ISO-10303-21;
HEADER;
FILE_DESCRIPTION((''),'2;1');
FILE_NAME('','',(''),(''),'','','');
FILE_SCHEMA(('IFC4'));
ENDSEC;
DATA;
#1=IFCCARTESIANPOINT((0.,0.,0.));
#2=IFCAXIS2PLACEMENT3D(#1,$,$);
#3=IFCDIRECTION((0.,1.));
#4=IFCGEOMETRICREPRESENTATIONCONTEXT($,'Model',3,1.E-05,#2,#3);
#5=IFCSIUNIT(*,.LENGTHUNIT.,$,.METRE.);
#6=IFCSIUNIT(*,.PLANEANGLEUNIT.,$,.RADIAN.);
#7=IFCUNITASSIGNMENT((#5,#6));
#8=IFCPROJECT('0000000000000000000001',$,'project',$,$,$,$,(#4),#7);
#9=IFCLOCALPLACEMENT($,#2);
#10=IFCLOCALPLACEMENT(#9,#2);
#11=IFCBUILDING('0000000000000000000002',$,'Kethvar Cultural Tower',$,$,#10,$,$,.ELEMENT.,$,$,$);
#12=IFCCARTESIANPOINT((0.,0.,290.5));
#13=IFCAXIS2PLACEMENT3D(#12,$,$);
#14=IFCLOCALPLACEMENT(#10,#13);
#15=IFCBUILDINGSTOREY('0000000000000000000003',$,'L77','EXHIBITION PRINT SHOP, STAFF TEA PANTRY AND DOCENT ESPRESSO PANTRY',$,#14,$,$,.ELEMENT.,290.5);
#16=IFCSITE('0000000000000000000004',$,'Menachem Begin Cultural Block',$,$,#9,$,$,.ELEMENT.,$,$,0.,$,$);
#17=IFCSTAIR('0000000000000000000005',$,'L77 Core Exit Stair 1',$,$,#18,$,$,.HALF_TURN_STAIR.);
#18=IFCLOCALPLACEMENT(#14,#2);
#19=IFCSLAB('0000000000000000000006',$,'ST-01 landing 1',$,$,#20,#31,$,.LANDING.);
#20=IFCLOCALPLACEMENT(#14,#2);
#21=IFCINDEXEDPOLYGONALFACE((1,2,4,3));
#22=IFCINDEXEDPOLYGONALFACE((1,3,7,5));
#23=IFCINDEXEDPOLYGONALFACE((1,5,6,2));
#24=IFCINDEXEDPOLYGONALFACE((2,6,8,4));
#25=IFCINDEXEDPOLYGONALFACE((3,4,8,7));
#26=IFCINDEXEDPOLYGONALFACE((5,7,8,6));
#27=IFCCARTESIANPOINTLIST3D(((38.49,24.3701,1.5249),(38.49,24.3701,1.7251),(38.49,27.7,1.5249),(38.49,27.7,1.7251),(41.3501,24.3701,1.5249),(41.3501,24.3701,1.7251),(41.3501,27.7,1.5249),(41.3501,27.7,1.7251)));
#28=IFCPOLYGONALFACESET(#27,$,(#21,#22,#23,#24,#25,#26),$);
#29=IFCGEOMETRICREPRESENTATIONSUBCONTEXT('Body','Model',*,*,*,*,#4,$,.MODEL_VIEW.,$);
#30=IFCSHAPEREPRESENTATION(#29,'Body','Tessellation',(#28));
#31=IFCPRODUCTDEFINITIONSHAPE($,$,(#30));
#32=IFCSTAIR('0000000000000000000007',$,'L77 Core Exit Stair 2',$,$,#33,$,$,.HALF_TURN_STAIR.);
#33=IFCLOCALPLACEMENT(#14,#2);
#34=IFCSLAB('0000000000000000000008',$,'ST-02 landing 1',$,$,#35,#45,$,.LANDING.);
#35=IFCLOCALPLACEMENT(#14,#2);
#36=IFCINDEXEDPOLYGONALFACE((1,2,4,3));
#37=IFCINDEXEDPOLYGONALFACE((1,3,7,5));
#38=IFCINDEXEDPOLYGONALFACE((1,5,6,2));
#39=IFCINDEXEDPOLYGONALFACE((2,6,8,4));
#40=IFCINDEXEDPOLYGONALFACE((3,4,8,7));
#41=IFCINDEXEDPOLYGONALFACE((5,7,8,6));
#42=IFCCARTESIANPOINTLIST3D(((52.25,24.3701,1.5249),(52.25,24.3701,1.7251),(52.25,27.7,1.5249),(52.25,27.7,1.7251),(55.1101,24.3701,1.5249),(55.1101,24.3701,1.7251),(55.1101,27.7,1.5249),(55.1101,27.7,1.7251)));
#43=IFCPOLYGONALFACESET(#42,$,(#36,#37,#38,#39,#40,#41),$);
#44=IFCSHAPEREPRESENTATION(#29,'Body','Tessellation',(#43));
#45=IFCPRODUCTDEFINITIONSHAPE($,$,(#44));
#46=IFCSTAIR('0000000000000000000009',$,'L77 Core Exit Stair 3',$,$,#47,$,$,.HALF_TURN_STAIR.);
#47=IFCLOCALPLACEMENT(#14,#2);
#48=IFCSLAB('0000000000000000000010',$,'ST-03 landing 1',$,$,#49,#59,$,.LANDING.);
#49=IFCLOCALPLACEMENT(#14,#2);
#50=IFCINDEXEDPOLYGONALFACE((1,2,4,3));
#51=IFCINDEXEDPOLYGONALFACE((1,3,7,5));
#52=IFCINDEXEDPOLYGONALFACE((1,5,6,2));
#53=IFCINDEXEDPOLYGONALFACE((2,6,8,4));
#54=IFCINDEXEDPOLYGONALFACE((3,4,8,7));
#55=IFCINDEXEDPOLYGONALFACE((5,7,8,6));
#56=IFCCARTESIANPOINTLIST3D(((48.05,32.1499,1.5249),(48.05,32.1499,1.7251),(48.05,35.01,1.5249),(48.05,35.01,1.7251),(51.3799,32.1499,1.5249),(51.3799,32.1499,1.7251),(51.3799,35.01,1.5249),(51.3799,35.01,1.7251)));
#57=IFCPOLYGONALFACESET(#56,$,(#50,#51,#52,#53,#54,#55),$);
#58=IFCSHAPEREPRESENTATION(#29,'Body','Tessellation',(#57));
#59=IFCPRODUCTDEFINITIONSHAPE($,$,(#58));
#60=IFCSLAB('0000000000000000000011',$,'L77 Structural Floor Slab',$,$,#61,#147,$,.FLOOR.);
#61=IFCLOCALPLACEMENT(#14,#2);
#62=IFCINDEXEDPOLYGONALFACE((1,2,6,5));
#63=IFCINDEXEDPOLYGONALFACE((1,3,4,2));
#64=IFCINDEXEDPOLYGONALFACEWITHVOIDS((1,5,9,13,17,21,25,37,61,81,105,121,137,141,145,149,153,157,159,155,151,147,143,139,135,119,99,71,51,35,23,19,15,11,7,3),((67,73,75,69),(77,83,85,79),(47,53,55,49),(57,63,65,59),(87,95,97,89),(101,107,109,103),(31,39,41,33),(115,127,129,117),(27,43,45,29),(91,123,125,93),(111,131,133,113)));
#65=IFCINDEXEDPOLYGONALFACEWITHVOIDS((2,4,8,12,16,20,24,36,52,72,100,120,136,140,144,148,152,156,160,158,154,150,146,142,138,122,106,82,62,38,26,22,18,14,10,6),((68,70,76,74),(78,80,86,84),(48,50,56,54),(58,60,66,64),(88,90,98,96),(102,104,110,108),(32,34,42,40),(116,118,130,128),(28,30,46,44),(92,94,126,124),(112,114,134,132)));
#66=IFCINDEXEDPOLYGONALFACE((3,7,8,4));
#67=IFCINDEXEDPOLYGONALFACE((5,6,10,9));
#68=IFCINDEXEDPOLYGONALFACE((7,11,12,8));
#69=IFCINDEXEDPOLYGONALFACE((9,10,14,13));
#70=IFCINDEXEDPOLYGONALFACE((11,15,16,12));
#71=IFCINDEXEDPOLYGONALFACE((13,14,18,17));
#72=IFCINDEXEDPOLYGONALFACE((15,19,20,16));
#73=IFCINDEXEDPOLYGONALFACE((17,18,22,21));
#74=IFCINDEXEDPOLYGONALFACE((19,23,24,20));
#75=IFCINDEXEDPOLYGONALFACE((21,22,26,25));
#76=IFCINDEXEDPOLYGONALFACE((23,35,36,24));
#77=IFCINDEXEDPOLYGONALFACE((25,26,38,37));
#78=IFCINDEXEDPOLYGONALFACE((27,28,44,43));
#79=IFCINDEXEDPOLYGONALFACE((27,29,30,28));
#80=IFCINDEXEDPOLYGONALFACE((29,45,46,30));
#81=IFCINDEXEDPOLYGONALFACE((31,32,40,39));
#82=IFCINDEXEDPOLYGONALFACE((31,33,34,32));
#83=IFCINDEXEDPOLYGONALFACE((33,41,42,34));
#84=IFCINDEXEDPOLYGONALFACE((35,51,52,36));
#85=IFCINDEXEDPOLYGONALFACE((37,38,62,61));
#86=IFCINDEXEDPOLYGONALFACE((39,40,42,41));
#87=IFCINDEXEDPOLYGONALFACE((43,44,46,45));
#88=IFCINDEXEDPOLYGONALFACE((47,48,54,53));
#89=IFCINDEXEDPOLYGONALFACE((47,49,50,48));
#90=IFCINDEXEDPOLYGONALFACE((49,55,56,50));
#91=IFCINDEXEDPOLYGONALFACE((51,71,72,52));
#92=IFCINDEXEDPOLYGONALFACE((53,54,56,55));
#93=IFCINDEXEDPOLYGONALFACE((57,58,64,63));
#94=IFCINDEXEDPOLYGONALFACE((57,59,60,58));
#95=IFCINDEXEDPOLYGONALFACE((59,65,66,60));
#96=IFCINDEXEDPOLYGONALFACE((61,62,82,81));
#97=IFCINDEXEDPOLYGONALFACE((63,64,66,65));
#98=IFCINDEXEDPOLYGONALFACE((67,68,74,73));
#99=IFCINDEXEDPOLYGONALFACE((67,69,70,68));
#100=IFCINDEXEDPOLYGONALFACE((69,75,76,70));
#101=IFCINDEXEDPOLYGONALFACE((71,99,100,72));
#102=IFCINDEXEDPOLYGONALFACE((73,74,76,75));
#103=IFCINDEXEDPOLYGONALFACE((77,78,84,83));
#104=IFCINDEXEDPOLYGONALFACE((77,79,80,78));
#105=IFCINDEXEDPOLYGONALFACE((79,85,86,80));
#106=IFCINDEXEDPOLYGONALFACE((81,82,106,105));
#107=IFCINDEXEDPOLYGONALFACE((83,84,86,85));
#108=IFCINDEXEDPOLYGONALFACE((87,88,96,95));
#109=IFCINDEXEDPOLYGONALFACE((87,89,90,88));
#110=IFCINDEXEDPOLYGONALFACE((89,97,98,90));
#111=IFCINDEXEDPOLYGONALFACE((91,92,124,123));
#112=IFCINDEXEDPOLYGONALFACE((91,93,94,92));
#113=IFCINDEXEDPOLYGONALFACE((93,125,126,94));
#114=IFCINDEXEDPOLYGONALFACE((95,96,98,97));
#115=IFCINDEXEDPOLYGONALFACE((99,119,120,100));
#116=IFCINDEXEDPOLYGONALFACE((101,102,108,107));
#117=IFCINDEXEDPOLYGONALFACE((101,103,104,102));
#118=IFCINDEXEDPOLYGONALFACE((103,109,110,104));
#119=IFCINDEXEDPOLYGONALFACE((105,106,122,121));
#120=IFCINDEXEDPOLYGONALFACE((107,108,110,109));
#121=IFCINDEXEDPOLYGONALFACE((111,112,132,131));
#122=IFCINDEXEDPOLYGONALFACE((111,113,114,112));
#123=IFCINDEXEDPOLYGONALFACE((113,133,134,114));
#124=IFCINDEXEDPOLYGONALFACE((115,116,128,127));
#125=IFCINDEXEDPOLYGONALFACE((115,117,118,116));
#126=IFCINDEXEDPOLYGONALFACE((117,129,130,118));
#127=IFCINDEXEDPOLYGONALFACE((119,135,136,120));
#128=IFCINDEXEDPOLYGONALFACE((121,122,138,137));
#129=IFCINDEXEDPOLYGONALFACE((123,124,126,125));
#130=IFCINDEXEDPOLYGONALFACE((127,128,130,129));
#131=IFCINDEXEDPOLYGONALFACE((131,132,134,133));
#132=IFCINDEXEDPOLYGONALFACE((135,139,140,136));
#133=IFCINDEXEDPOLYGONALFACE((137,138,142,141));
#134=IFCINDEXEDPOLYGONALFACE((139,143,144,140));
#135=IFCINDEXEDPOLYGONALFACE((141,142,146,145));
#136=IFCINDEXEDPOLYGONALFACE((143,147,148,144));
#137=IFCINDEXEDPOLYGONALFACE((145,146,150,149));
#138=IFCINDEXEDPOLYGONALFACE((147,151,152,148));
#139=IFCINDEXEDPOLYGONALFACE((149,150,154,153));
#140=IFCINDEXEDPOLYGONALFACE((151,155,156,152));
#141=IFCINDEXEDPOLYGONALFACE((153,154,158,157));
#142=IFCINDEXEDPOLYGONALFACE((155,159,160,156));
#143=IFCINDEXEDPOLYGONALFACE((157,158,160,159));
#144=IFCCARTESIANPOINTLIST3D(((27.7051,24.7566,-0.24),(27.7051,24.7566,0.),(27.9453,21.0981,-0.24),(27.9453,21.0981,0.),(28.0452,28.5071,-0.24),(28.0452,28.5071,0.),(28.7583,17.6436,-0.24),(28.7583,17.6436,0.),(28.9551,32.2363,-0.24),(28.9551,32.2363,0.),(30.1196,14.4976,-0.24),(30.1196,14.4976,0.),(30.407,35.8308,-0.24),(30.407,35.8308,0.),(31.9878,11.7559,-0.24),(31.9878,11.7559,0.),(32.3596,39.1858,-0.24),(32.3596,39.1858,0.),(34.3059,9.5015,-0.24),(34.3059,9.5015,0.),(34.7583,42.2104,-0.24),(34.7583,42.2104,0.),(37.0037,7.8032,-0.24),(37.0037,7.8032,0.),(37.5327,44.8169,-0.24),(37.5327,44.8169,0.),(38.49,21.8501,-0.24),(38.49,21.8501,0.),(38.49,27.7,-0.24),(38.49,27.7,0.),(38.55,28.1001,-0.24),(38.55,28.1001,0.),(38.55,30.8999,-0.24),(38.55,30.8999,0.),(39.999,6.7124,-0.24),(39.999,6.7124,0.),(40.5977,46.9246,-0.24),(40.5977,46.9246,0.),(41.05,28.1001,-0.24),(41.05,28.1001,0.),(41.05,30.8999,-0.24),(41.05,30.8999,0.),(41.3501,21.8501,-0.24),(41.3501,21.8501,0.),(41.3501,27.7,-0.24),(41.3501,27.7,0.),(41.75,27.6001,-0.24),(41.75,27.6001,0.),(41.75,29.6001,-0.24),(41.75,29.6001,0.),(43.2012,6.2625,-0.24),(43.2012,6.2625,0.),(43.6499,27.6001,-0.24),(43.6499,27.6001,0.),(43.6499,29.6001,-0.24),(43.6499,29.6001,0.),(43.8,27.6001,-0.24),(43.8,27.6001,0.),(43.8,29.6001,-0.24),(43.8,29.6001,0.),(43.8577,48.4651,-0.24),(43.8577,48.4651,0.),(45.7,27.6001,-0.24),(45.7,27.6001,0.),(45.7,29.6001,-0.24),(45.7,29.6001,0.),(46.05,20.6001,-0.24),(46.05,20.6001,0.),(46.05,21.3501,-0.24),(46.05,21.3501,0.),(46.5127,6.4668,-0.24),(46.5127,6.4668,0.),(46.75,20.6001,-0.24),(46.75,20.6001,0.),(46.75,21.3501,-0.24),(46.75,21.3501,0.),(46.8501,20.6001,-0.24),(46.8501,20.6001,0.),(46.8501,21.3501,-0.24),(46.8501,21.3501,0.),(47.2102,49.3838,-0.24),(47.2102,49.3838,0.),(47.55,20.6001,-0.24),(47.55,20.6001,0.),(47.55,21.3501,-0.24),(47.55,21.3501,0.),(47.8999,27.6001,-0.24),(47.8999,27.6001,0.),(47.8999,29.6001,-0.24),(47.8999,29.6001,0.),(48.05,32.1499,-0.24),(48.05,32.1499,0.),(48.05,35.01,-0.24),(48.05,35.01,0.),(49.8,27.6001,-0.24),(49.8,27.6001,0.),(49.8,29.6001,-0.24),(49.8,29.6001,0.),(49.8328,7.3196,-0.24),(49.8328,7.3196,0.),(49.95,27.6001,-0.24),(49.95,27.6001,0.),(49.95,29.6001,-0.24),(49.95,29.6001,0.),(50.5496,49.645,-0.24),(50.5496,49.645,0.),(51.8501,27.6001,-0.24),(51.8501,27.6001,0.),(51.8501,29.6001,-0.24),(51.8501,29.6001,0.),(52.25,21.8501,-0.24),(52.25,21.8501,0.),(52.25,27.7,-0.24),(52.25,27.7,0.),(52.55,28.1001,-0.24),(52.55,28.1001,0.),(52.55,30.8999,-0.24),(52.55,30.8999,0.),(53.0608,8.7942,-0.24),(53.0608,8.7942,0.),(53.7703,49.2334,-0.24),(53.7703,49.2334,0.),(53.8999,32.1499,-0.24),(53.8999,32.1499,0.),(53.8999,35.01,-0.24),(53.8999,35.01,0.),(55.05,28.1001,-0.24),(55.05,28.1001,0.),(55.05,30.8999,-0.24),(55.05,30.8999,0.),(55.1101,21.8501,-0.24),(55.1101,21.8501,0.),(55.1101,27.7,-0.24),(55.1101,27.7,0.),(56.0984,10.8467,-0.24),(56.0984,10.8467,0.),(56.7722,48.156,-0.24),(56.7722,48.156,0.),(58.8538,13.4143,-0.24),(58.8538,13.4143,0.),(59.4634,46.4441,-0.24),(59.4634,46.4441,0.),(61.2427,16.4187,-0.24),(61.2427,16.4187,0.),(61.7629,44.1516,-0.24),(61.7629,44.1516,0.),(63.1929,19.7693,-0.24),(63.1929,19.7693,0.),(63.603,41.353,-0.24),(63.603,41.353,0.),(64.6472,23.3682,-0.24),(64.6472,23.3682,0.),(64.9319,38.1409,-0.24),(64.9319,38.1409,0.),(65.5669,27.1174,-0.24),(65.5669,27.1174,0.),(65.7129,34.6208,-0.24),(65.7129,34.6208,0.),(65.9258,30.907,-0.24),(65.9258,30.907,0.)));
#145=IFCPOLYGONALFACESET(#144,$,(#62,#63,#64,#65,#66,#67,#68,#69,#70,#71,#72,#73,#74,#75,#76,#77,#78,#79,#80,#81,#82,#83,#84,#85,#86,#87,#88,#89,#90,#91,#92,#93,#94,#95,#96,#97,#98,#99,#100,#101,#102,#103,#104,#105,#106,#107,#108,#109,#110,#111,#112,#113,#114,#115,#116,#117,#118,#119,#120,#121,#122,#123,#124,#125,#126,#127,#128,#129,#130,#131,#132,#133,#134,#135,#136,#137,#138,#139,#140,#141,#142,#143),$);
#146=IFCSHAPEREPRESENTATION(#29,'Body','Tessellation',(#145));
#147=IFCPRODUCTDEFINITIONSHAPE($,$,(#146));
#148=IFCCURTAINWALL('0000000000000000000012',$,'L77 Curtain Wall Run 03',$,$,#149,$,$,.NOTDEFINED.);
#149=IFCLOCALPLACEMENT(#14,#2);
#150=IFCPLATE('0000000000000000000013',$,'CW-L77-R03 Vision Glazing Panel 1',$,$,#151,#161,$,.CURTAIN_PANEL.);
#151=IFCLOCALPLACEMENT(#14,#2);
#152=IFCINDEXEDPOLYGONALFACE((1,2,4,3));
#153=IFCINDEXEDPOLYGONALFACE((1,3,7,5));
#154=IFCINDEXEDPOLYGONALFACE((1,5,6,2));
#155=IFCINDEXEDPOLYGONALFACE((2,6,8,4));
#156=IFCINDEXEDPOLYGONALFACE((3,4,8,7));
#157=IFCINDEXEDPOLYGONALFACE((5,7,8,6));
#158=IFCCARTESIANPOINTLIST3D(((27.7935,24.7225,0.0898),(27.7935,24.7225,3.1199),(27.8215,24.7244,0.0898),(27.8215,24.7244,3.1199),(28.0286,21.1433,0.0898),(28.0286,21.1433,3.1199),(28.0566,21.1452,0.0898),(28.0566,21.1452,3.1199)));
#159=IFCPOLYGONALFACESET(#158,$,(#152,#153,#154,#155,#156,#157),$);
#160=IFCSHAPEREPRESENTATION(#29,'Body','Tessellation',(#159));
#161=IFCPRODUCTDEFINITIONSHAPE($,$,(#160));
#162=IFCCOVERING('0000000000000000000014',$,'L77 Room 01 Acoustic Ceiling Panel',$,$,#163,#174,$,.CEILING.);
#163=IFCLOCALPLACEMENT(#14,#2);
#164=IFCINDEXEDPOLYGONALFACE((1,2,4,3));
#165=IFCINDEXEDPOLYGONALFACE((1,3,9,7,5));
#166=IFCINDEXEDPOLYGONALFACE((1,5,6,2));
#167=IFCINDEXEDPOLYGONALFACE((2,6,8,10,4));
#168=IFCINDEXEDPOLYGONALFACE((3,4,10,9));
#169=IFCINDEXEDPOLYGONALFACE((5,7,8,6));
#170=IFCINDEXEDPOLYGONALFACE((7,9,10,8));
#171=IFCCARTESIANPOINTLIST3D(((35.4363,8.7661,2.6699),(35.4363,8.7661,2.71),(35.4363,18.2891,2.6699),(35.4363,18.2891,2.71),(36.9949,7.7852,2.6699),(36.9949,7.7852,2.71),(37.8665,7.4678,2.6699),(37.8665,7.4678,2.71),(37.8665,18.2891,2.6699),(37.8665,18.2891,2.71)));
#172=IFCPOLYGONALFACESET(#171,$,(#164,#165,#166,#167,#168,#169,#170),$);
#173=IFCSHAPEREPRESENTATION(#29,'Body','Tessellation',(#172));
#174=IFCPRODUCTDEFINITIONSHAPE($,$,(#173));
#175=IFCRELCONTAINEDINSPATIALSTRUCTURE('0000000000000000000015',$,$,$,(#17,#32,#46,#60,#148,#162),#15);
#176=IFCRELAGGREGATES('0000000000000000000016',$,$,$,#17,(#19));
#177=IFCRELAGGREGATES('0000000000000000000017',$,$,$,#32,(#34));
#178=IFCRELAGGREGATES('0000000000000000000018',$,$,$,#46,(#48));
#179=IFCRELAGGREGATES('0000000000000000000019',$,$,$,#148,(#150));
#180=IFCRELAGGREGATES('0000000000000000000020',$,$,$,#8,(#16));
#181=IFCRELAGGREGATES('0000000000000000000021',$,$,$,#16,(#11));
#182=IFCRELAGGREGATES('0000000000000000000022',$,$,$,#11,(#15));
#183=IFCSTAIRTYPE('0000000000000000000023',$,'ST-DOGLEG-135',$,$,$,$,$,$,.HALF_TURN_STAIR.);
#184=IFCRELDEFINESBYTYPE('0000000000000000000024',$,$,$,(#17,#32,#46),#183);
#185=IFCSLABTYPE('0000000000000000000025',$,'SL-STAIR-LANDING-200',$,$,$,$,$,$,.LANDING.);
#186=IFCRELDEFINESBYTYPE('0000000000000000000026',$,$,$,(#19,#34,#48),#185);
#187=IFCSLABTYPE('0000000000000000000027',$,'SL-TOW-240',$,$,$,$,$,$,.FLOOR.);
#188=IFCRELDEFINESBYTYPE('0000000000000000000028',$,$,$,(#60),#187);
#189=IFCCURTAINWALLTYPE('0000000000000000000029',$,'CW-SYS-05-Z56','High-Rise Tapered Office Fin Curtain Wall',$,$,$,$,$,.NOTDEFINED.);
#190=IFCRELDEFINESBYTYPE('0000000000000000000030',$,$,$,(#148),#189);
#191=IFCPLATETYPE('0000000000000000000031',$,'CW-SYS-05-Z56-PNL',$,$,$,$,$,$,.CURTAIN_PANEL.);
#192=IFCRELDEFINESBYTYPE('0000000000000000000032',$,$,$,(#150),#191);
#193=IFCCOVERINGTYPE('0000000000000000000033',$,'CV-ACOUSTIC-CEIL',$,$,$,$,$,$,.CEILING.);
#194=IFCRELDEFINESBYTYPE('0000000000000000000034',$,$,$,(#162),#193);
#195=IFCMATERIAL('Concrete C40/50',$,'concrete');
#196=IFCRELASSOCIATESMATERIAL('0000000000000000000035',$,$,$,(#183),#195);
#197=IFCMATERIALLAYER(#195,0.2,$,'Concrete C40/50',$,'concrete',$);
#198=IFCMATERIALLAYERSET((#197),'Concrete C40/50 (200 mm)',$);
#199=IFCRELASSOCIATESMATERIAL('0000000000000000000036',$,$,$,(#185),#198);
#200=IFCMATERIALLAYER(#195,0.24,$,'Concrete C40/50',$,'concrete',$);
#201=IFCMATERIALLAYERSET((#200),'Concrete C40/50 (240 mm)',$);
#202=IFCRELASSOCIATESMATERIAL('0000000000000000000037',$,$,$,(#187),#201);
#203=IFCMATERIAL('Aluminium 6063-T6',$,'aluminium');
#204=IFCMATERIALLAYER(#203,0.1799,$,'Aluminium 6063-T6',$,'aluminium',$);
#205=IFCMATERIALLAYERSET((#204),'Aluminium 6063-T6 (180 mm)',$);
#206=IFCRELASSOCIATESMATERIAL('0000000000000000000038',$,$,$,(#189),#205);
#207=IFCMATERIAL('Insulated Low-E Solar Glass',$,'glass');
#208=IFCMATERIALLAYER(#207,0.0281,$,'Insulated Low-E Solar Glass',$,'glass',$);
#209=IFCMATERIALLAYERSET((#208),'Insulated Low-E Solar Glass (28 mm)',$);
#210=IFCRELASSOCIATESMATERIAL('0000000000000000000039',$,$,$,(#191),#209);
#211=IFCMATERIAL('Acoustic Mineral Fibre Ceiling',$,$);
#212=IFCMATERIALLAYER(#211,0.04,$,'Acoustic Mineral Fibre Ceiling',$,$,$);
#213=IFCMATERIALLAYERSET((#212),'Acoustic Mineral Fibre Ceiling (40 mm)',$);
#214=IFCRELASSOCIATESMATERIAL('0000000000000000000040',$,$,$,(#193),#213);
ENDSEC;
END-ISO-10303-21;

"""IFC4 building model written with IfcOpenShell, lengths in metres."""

from ifc_helpers import new_model, si_unit, direction, frame, origin, origin_2d, place, context, subcontext, project, spatial, polyline, rectangle, outline, extrude, source, transform, mapped, material, layer, layer_set, type_object, element, aggregate, save


model = new_model("IFC4")

# Units and contexts
model_context = context("Model", 3, precision=1e-05, world=origin(), true_north=direction((0.0, 1.0)))
body_context = subcontext(model_context, "Body", "Model", "MODEL_VIEW")
ifc_project = project(units=[si_unit("LENGTHUNIT", "METRE"), si_unit("PLANEANGLEUNIT", "RADIAN")], contexts=[model_context])

# Site, building, storey
site_placement = place(None, origin())
site = spatial("IfcSite", under=ifc_project, at=site_placement, Name="Menachem Begin Cultural Block", CompositionType="ELEMENT", RefElevation=0.0)
building_placement = place(site_placement, origin())
building = spatial("IfcBuilding", under=site, at=building_placement, Name="Kethvar Cultural Tower", CompositionType="ELEMENT")
storey_placement = place(building_placement, frame((0.0, 0.0, 290.5)))
storey = spatial("IfcBuildingStorey", under=building, at=storey_placement, Name="L77", Description="EXHIBITION PRINT SHOP, STAFF TEA PANTRY AND DOCENT ESPRESSO PANTRY", CompositionType="ELEMENT", Elevation=290.5)

# Stairs, slabs
ifc_material_1 = material(Name="Concrete C40/50", Category="concrete")
stair_type = type_object("IfcStairType", Name="ST-DOGLEG-135", PredefinedType="HALF_TURN_STAIR", material=ifc_material_1)
stair_1_placement = place(storey_placement, origin())
stair_1 = element("IfcStair", 1, at=stair_1_placement, inside=storey, type_object=stair_type, Name="L77 Core Exit Stair 1", PredefinedType="HALF_TURN_STAIR")
ifc_layer_1 = layer(ifc_material_1, 0.2, Name="Concrete C40/50", Category="concrete")
ifc_layer_set_1 = layer_set([ifc_layer_1], Name="Concrete C40/50 (200 mm)")
slab_type_1 = type_object("IfcSlabType", Name="SL-STAIR-LANDING-200", PredefinedType="LANDING", material=ifc_layer_set_1)
slab_1_placement = place(storey_placement, frame((0.0, 0.0, 1.5249)))
slab_1 = element("IfcSlab", 2, at=slab_1_placement, type_object=slab_type_1, Name="ST-01 landing 1", PredefinedType="LANDING", context=body_context, shape_type="SweptSolid", body=[
    extrude(outline(polyline([(41.3501, 24.3701), (41.3501, 27.7), (38.49, 27.7), (38.49, 24.3701), (41.3501, 24.3701)])), origin(), (0.0, 0.0, 1.0), 0.2002),
])
aggregate(stair_1, [slab_1])
stair_2_placement = place(storey_placement, origin())
stair_2 = element("IfcStair", 3, at=stair_2_placement, inside=storey, type_object=stair_type, Name="L77 Core Exit Stair 2", PredefinedType="HALF_TURN_STAIR")
slab_2_placement = place(storey_placement, frame((0.0, 0.0, 1.5249)))
slab_2 = element("IfcSlab", 4, at=slab_2_placement, type_object=slab_type_1, Name="ST-02 landing 1", PredefinedType="LANDING", context=body_context, shape_type="SweptSolid", body=[
    extrude(outline(polyline([(55.1101, 24.3701), (55.1101, 27.7), (52.25, 27.7), (52.25, 24.3701), (55.1101, 24.3701)])), origin(), (0.0, 0.0, 1.0), 0.2002),
])
aggregate(stair_2, [slab_2])
stair_3_placement = place(storey_placement, origin())
stair_3 = element("IfcStair", 5, at=stair_3_placement, inside=storey, type_object=stair_type, Name="L77 Core Exit Stair 3", PredefinedType="HALF_TURN_STAIR")
slab_3_placement = place(storey_placement, frame((0.0, 0.0, 1.5249)))
slab_3 = element("IfcSlab", 6, at=slab_3_placement, type_object=slab_type_1, Name="ST-03 landing 1", PredefinedType="LANDING", context=body_context, shape_type="SweptSolid", body=[
    extrude(outline(polyline([(51.3799, 35.01), (48.05, 35.01), (48.05, 32.1499), (51.3799, 32.1499), (51.3799, 35.01)])), origin(), (0.0, 0.0, 1.0), 0.2002),
])
aggregate(stair_3, [slab_3])

# Slab
ifc_layer_2 = layer(ifc_material_1, 0.24, Name="Concrete C40/50", Category="concrete")
ifc_layer_set_2 = layer_set([ifc_layer_2], Name="Concrete C40/50 (240 mm)")
slab_type_2 = type_object("IfcSlabType", Name="SL-TOW-240", PredefinedType="FLOOR", material=ifc_layer_set_2)
slab_4_placement = place(storey_placement, frame((0.0, 0.0, -0.24)))
element("IfcSlab", 7, at=slab_4_placement, inside=storey, type_object=slab_type_2, Name="L77 Structural Floor Slab", PredefinedType="FLOOR", context=body_context, shape_type="SweptSolid", body=[
    extrude(outline(polyline([(56.7722, 48.156), (53.7703, 49.2334), (50.5496, 49.645), (47.2102, 49.3838), (43.8577, 48.4651), (40.5977, 46.9246), (37.5327, 44.8169), (34.7583, 42.2104), (32.3596, 39.1858), (30.407, 35.8308), (28.9551, 32.2363), (28.0452, 28.5071), (27.7051, 24.7566), (27.9453, 21.0981), (28.7583, 17.6436), (30.1196, 14.4976), (31.9878, 11.7559), (34.3059, 9.5015), (37.0037, 7.8032), (39.999, 6.7124), (43.2012, 6.2625), (46.5127, 6.4668), (49.8328, 7.3196), (53.0608, 8.7942), (56.0984, 10.8467), (58.8538, 13.4143), (61.2427, 16.4187), (63.1929, 19.7693), (64.6472, 23.3682), (65.5669, 27.1174), (65.9258, 30.907), (65.7129, 34.6208), (64.9319, 38.1409), (63.603, 41.353), (61.7629, 44.1516), (59.4634, 46.4441), (56.7722, 48.156)]), holes=[polyline([(38.49, 21.8501), (38.49, 27.7), (41.3501, 27.7), (41.3501, 21.8501), (38.49, 21.8501)]), polyline([(52.25, 21.8501), (52.25, 27.7), (55.1101, 27.7), (55.1101, 21.8501), (52.25, 21.8501)]), polyline([(53.8999, 32.1499), (48.05, 32.1499), (48.05, 35.01), (53.8999, 35.01), (53.8999, 32.1499)]), polyline([(41.75, 29.6001), (43.6499, 29.6001), (43.6499, 27.6001), (41.75, 27.6001), (41.75, 29.6001)]), polyline([(43.8, 29.6001), (45.7, 29.6001), (45.7, 27.6001), (43.8, 27.6001), (43.8, 29.6001)]), polyline([(47.8999, 29.6001), (49.8, 29.6001), (49.8, 27.6001), (47.8999, 27.6001), (47.8999, 29.6001)]), polyline([(49.95, 29.6001), (51.8501, 29.6001), (51.8501, 27.6001), (49.95, 27.6001), (49.95, 29.6001)]), polyline([(38.55, 30.8999), (41.05, 30.8999), (41.05, 28.1001), (38.55, 28.1001), (38.55, 30.8999)]), polyline([(52.55, 30.8999), (55.05, 30.8999), (55.05, 28.1001), (52.55, 28.1001), (52.55, 30.8999)]), polyline([(46.05, 21.3501), (46.75, 21.3501), (46.75, 20.6001), (46.05, 20.6001), (46.05, 21.3501)]), polyline([(46.8501, 21.3501), (47.55, 21.3501), (47.55, 20.6001), (46.8501, 20.6001), (46.8501, 21.3501)])]), origin(), (0.0, 0.0, 1.0), 0.24),
])

# Curtain wall, plate
ifc_material_2 = material(Name="Aluminium 6063-T6", Category="aluminium")
ifc_layer_3 = layer(ifc_material_2, 0.1799, Name="Aluminium 6063-T6", Category="aluminium")
ifc_layer_set_3 = layer_set([ifc_layer_3], Name="Aluminium 6063-T6 (180 mm)")
curtain_wall_type = type_object("IfcCurtainWallType", Name="CW-SYS-05-Z56", Description="High-Rise Tapered Office Fin Curtain Wall", PredefinedType="NOTDEFINED", material=ifc_layer_set_3)
curtain_wall_placement = place(storey_placement, origin())
curtain_wall = element("IfcCurtainWall", 8, at=curtain_wall_placement, inside=storey, type_object=curtain_wall_type, Name="L77 Curtain Wall Run 03", PredefinedType="NOTDEFINED")
ifc_material_3 = material(Name="Insulated Low-E Solar Glass", Category="glass")
ifc_layer_4 = layer(ifc_material_3, 0.0281, Name="Insulated Low-E Solar Glass", Category="glass")
ifc_layer_set_4 = layer_set([ifc_layer_4], Name="Insulated Low-E Solar Glass (28 mm)")
plate_type = type_object("IfcPlateType", Name="CW-SYS-05-Z56-PNL", PredefinedType="CURTAIN_PANEL", material=ifc_layer_set_4)
shared_shape_1 = source(origin(), body_context, "Body", "SweptSolid", [
    extrude(rectangle(XDim=3.5869, YDim=0.0281, at=origin_2d()), origin(), (0.0, 0.0, 1.0), 3.03),
])
plate_placement = place(storey_placement, frame((27.925, 22.9338, 0.0898), z_axis=(0.0, 0.0, 1.0), x_axis=(0.065525, -0.997851, 0.0)))
plate = element("IfcPlate", 9, at=plate_placement, type_object=plate_type, Name="CW-L77-R03 Vision Glazing Panel 1", PredefinedType="CURTAIN_PANEL", context=body_context, shape_type="MappedRepresentation", body=[
    mapped(shared_shape_1, transform((0.0, 0.0, 0.0), scale=1.0)),
])
aggregate(curtain_wall, [plate])

# Covering
ifc_material_4 = material(Name="Acoustic Mineral Fibre Ceiling")
ifc_layer_5 = layer(ifc_material_4, 0.04, Name="Acoustic Mineral Fibre Ceiling")
ifc_layer_set_5 = layer_set([ifc_layer_5], Name="Acoustic Mineral Fibre Ceiling (40 mm)")
covering_type_1 = type_object("IfcCoveringType", Name="CV-ACOUSTIC-CEIL", PredefinedType="CEILING", material=ifc_layer_set_5)
covering_1_placement = place(storey_placement, frame((0.0, 0.0, 2.6699)))
element("IfcCovering", 10, at=covering_1_placement, inside=storey, type_object=covering_type_1, Name="L77 Room 01 Acoustic Ceiling Panel", PredefinedType="CEILING", context=body_context, shape_type="SweptSolid", body=[
    extrude(outline(polyline([(36.9949, 7.7852), (35.4363, 8.7661), (35.4363, 18.2891), (37.8665, 18.2891), (37.8665, 7.4678), (36.9949, 7.7852)])), origin(), (0.0, 0.0, 1.0), 0.04),
])

save(model, "model.ifc")
